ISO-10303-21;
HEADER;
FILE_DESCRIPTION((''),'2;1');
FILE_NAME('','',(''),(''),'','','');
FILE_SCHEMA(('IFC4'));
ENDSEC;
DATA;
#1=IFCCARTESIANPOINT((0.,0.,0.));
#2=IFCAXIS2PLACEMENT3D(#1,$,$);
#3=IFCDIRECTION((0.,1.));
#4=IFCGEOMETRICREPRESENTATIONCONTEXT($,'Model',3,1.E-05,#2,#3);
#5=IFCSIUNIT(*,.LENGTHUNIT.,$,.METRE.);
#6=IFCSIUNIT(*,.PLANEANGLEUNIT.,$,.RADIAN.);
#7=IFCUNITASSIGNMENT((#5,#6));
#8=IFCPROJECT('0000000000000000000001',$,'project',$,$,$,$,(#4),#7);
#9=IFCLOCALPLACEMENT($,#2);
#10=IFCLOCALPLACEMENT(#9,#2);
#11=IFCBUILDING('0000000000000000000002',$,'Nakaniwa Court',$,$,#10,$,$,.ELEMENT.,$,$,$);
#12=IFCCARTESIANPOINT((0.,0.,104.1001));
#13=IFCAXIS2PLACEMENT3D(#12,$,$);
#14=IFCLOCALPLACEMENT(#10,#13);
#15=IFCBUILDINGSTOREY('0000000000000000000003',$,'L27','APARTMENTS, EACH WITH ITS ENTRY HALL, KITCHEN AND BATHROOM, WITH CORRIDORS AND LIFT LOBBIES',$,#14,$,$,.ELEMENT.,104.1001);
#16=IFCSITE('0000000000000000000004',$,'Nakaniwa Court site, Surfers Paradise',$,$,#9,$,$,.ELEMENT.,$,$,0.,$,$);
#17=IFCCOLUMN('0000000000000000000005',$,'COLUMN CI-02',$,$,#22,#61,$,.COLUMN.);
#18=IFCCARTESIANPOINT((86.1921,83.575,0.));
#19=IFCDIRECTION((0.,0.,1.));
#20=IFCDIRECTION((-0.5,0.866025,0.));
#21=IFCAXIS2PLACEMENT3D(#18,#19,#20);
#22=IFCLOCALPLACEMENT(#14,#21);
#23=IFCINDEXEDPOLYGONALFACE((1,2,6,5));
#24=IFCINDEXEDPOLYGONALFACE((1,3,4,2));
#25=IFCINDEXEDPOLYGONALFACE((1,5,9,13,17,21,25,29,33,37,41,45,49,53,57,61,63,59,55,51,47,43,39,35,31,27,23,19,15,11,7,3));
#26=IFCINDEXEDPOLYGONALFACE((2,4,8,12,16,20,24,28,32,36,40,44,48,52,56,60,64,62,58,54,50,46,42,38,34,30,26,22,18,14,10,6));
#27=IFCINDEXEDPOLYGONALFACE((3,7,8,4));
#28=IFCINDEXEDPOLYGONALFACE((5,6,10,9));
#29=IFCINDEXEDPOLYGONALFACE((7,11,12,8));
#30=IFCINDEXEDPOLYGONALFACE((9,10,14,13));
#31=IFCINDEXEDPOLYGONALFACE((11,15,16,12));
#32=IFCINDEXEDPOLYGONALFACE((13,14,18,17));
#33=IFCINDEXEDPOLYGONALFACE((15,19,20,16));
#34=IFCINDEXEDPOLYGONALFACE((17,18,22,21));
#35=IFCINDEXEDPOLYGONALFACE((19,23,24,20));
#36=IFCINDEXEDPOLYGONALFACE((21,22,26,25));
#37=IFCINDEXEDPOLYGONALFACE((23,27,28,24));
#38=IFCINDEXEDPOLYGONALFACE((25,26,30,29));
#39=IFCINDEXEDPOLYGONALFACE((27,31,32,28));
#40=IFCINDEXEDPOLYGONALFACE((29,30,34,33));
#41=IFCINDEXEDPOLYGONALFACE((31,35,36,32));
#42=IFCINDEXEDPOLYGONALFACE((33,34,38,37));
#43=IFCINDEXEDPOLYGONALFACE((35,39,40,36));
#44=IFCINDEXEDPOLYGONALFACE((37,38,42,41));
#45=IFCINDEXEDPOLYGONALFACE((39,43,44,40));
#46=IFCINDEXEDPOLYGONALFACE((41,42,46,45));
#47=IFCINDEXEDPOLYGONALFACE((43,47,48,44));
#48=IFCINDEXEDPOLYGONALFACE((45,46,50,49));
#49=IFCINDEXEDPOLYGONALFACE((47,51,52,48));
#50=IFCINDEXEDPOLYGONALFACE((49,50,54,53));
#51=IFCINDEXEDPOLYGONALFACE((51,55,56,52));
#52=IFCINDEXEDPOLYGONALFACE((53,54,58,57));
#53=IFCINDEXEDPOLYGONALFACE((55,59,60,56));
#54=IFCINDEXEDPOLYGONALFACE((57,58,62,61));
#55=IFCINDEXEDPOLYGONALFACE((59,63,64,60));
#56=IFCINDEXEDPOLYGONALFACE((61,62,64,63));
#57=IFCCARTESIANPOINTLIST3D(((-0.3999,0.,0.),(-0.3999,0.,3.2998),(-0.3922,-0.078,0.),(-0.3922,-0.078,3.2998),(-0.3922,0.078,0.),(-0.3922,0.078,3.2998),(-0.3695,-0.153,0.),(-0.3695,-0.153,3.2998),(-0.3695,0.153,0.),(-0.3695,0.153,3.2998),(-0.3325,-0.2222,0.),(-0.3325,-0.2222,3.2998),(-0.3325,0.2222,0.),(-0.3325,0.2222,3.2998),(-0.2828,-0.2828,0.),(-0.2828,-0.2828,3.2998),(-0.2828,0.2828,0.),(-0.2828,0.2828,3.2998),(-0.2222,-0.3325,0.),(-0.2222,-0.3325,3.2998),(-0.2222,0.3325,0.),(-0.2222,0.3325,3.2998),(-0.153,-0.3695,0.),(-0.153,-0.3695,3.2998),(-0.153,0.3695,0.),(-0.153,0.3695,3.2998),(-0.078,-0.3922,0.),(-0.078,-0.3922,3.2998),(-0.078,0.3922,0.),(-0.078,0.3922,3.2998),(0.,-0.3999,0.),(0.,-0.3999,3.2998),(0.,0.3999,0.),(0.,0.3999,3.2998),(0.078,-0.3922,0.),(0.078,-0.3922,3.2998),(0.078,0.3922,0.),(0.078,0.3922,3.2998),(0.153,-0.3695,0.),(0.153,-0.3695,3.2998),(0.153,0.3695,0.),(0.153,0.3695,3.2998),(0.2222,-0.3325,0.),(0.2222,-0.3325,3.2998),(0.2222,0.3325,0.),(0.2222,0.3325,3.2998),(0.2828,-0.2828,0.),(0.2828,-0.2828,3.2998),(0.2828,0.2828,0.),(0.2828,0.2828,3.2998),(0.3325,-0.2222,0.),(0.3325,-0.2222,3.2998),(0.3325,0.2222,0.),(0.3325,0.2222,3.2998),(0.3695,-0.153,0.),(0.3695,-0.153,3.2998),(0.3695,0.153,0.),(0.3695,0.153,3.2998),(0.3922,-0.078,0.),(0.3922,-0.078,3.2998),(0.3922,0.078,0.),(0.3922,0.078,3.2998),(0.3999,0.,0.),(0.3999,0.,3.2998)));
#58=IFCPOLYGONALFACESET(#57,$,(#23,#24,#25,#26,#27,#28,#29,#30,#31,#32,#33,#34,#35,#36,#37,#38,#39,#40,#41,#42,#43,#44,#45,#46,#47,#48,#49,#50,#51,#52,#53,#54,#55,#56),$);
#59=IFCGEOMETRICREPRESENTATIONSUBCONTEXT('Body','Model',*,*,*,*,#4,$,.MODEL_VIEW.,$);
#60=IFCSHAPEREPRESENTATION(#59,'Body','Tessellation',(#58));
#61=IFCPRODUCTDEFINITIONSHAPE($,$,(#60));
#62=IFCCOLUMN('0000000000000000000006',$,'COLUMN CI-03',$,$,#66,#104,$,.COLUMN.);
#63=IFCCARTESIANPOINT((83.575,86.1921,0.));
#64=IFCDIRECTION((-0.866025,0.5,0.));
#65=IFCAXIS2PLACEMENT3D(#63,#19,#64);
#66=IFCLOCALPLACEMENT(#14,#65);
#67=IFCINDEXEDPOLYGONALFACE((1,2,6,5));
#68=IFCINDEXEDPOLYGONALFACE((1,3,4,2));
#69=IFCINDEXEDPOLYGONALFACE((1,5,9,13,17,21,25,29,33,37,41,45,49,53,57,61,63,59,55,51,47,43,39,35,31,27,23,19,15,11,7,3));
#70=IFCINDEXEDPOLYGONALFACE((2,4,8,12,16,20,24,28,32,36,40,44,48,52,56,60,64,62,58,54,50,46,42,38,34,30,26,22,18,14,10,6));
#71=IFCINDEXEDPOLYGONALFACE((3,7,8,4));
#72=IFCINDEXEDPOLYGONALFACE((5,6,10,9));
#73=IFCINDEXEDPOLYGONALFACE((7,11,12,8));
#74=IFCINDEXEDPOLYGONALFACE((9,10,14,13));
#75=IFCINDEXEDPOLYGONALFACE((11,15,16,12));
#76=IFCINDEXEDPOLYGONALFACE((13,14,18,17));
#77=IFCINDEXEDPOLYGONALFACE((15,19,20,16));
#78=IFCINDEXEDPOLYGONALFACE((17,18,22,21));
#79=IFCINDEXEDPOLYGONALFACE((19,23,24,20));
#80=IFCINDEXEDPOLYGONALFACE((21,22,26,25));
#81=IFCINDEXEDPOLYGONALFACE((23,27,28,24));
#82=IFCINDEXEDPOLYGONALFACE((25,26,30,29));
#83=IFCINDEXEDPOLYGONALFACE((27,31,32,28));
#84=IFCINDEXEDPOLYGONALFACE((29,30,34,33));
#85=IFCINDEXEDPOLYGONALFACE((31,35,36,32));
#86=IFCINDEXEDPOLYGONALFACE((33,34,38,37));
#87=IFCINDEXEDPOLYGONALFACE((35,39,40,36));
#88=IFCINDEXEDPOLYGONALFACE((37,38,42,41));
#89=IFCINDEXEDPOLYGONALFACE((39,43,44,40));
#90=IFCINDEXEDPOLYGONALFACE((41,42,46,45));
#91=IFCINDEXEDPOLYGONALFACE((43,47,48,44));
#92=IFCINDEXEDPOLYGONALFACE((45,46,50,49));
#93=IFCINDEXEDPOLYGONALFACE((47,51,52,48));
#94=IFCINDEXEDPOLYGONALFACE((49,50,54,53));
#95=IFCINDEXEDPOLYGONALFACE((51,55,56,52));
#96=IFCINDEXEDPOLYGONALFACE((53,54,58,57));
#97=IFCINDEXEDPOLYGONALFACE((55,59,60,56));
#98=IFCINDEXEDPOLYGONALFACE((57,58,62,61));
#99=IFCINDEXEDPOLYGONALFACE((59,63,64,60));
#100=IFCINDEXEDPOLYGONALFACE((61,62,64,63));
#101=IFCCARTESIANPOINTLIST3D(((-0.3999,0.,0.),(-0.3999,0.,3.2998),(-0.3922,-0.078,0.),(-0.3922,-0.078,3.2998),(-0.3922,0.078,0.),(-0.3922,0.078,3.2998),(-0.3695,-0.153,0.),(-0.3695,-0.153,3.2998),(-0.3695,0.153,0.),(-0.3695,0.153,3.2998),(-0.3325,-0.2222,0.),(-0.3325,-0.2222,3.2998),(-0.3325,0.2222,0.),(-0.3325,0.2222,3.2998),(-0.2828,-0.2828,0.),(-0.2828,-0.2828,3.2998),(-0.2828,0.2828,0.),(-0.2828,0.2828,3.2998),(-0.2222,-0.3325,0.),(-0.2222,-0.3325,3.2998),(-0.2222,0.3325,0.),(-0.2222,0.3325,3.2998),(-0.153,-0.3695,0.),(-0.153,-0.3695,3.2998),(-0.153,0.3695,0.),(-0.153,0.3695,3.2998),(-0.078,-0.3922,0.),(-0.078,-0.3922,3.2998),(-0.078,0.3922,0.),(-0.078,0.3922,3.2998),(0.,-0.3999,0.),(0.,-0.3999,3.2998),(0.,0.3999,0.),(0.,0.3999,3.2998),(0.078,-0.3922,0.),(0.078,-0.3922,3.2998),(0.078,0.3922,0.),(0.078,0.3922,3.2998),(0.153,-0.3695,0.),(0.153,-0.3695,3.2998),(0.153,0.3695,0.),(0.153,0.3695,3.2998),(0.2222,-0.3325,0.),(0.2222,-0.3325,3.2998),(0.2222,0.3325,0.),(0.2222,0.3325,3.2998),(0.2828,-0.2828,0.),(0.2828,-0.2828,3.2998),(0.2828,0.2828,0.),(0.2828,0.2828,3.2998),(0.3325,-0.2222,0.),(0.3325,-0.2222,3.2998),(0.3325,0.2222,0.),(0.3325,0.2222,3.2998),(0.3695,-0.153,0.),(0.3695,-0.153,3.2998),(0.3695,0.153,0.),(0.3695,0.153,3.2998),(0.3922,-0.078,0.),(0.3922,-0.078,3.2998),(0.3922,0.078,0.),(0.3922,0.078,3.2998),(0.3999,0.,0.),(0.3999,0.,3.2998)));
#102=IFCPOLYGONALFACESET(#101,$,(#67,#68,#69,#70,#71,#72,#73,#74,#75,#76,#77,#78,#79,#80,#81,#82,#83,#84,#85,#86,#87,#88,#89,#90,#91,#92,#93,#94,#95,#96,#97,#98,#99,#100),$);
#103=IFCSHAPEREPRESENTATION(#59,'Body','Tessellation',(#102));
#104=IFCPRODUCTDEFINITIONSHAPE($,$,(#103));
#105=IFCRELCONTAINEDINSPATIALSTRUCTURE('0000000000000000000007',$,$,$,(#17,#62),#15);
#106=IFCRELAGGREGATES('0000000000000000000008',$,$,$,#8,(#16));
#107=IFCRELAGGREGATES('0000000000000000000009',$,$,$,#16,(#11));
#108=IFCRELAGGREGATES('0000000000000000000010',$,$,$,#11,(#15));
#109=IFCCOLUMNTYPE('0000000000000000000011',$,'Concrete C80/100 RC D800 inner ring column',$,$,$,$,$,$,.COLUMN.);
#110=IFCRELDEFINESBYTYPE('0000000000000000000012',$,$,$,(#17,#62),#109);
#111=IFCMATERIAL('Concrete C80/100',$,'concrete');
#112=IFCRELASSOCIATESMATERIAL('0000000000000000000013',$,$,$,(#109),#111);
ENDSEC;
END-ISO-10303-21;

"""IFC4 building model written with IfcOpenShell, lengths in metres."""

from ifc_helpers import new_model, si_unit, direction, frame, origin, origin_2d, place, context, subcontext, project, spatial, circle, extrude, material, material_profile, profile_set, type_object, element, save


model = new_model("IFC4")

# Units and contexts
model_context = context("Model", 3, precision=1e-05, world=origin(), true_north=direction((0.0, 1.0)))
body_context = subcontext(model_context, "Body", "Model", "MODEL_VIEW")
ifc_project = project(units=[si_unit("LENGTHUNIT", "METRE"), si_unit("PLANEANGLEUNIT", "RADIAN")], contexts=[model_context])

# Site, building, storey
site_placement = place(None, origin())
site = spatial("IfcSite", under=ifc_project, at=site_placement, Name="Nakaniwa Court site, Surfers Paradise", CompositionType="ELEMENT", RefElevation=0.0)
building_placement = place(site_placement, origin())
building = spatial("IfcBuilding", under=site, at=building_placement, Name="Nakaniwa Court", CompositionType="ELEMENT")
storey_placement = place(building_placement, frame((0.0, 0.0, 104.1001)))
storey = spatial("IfcBuildingStorey", under=building, at=storey_placement, Name="L27", Description="APARTMENTS, EACH WITH ITS ENTRY HALL, KITCHEN AND BATHROOM, WITH CORRIDORS AND LIFT LOBBIES", CompositionType="ELEMENT", Elevation=104.1001)

# Columns
ifc_material_1 = material(Name="Concrete C80/100", Category="concrete")
ifc_material_profile_1 = material_profile(ifc_material_1, circle(Radius=0.3999, at=origin_2d()), Name="Concrete C80/100 RC D800 inner ring column")
ifc_profile_set_1 = profile_set([ifc_material_profile_1], Name="Concrete C80/100")
column_type = type_object("IfcColumnType", Name="Concrete C80/100 RC D800 inner ring column", PredefinedType="COLUMN", material=ifc_profile_set_1)
for number, where, z_axis, x_axis, name in (
    (1, (86.1921, 83.575, 0.0), (0.0, 0.0, 1.0), (-0.5, 0.866025, 0.0), "COLUMN CI-02"),
    (2, (83.575, 86.1921, 0.0), (0.0, 0.0, 1.0), (-0.866025, 0.5, 0.0), "COLUMN CI-03"),
):
    element("IfcColumn", number, at=place(storey_placement, frame(where, z_axis=z_axis, x_axis=x_axis)), inside=storey, type_object=column_type, Name=name, PredefinedType="COLUMN", context=body_context, shape_type="SweptSolid", body=[
        extrude(circle(Radius=0.3999, at=origin_2d()), origin(), (0.0, 0.0, 1.0), 3.2998),
    ])

save(model, "model.ifc")
